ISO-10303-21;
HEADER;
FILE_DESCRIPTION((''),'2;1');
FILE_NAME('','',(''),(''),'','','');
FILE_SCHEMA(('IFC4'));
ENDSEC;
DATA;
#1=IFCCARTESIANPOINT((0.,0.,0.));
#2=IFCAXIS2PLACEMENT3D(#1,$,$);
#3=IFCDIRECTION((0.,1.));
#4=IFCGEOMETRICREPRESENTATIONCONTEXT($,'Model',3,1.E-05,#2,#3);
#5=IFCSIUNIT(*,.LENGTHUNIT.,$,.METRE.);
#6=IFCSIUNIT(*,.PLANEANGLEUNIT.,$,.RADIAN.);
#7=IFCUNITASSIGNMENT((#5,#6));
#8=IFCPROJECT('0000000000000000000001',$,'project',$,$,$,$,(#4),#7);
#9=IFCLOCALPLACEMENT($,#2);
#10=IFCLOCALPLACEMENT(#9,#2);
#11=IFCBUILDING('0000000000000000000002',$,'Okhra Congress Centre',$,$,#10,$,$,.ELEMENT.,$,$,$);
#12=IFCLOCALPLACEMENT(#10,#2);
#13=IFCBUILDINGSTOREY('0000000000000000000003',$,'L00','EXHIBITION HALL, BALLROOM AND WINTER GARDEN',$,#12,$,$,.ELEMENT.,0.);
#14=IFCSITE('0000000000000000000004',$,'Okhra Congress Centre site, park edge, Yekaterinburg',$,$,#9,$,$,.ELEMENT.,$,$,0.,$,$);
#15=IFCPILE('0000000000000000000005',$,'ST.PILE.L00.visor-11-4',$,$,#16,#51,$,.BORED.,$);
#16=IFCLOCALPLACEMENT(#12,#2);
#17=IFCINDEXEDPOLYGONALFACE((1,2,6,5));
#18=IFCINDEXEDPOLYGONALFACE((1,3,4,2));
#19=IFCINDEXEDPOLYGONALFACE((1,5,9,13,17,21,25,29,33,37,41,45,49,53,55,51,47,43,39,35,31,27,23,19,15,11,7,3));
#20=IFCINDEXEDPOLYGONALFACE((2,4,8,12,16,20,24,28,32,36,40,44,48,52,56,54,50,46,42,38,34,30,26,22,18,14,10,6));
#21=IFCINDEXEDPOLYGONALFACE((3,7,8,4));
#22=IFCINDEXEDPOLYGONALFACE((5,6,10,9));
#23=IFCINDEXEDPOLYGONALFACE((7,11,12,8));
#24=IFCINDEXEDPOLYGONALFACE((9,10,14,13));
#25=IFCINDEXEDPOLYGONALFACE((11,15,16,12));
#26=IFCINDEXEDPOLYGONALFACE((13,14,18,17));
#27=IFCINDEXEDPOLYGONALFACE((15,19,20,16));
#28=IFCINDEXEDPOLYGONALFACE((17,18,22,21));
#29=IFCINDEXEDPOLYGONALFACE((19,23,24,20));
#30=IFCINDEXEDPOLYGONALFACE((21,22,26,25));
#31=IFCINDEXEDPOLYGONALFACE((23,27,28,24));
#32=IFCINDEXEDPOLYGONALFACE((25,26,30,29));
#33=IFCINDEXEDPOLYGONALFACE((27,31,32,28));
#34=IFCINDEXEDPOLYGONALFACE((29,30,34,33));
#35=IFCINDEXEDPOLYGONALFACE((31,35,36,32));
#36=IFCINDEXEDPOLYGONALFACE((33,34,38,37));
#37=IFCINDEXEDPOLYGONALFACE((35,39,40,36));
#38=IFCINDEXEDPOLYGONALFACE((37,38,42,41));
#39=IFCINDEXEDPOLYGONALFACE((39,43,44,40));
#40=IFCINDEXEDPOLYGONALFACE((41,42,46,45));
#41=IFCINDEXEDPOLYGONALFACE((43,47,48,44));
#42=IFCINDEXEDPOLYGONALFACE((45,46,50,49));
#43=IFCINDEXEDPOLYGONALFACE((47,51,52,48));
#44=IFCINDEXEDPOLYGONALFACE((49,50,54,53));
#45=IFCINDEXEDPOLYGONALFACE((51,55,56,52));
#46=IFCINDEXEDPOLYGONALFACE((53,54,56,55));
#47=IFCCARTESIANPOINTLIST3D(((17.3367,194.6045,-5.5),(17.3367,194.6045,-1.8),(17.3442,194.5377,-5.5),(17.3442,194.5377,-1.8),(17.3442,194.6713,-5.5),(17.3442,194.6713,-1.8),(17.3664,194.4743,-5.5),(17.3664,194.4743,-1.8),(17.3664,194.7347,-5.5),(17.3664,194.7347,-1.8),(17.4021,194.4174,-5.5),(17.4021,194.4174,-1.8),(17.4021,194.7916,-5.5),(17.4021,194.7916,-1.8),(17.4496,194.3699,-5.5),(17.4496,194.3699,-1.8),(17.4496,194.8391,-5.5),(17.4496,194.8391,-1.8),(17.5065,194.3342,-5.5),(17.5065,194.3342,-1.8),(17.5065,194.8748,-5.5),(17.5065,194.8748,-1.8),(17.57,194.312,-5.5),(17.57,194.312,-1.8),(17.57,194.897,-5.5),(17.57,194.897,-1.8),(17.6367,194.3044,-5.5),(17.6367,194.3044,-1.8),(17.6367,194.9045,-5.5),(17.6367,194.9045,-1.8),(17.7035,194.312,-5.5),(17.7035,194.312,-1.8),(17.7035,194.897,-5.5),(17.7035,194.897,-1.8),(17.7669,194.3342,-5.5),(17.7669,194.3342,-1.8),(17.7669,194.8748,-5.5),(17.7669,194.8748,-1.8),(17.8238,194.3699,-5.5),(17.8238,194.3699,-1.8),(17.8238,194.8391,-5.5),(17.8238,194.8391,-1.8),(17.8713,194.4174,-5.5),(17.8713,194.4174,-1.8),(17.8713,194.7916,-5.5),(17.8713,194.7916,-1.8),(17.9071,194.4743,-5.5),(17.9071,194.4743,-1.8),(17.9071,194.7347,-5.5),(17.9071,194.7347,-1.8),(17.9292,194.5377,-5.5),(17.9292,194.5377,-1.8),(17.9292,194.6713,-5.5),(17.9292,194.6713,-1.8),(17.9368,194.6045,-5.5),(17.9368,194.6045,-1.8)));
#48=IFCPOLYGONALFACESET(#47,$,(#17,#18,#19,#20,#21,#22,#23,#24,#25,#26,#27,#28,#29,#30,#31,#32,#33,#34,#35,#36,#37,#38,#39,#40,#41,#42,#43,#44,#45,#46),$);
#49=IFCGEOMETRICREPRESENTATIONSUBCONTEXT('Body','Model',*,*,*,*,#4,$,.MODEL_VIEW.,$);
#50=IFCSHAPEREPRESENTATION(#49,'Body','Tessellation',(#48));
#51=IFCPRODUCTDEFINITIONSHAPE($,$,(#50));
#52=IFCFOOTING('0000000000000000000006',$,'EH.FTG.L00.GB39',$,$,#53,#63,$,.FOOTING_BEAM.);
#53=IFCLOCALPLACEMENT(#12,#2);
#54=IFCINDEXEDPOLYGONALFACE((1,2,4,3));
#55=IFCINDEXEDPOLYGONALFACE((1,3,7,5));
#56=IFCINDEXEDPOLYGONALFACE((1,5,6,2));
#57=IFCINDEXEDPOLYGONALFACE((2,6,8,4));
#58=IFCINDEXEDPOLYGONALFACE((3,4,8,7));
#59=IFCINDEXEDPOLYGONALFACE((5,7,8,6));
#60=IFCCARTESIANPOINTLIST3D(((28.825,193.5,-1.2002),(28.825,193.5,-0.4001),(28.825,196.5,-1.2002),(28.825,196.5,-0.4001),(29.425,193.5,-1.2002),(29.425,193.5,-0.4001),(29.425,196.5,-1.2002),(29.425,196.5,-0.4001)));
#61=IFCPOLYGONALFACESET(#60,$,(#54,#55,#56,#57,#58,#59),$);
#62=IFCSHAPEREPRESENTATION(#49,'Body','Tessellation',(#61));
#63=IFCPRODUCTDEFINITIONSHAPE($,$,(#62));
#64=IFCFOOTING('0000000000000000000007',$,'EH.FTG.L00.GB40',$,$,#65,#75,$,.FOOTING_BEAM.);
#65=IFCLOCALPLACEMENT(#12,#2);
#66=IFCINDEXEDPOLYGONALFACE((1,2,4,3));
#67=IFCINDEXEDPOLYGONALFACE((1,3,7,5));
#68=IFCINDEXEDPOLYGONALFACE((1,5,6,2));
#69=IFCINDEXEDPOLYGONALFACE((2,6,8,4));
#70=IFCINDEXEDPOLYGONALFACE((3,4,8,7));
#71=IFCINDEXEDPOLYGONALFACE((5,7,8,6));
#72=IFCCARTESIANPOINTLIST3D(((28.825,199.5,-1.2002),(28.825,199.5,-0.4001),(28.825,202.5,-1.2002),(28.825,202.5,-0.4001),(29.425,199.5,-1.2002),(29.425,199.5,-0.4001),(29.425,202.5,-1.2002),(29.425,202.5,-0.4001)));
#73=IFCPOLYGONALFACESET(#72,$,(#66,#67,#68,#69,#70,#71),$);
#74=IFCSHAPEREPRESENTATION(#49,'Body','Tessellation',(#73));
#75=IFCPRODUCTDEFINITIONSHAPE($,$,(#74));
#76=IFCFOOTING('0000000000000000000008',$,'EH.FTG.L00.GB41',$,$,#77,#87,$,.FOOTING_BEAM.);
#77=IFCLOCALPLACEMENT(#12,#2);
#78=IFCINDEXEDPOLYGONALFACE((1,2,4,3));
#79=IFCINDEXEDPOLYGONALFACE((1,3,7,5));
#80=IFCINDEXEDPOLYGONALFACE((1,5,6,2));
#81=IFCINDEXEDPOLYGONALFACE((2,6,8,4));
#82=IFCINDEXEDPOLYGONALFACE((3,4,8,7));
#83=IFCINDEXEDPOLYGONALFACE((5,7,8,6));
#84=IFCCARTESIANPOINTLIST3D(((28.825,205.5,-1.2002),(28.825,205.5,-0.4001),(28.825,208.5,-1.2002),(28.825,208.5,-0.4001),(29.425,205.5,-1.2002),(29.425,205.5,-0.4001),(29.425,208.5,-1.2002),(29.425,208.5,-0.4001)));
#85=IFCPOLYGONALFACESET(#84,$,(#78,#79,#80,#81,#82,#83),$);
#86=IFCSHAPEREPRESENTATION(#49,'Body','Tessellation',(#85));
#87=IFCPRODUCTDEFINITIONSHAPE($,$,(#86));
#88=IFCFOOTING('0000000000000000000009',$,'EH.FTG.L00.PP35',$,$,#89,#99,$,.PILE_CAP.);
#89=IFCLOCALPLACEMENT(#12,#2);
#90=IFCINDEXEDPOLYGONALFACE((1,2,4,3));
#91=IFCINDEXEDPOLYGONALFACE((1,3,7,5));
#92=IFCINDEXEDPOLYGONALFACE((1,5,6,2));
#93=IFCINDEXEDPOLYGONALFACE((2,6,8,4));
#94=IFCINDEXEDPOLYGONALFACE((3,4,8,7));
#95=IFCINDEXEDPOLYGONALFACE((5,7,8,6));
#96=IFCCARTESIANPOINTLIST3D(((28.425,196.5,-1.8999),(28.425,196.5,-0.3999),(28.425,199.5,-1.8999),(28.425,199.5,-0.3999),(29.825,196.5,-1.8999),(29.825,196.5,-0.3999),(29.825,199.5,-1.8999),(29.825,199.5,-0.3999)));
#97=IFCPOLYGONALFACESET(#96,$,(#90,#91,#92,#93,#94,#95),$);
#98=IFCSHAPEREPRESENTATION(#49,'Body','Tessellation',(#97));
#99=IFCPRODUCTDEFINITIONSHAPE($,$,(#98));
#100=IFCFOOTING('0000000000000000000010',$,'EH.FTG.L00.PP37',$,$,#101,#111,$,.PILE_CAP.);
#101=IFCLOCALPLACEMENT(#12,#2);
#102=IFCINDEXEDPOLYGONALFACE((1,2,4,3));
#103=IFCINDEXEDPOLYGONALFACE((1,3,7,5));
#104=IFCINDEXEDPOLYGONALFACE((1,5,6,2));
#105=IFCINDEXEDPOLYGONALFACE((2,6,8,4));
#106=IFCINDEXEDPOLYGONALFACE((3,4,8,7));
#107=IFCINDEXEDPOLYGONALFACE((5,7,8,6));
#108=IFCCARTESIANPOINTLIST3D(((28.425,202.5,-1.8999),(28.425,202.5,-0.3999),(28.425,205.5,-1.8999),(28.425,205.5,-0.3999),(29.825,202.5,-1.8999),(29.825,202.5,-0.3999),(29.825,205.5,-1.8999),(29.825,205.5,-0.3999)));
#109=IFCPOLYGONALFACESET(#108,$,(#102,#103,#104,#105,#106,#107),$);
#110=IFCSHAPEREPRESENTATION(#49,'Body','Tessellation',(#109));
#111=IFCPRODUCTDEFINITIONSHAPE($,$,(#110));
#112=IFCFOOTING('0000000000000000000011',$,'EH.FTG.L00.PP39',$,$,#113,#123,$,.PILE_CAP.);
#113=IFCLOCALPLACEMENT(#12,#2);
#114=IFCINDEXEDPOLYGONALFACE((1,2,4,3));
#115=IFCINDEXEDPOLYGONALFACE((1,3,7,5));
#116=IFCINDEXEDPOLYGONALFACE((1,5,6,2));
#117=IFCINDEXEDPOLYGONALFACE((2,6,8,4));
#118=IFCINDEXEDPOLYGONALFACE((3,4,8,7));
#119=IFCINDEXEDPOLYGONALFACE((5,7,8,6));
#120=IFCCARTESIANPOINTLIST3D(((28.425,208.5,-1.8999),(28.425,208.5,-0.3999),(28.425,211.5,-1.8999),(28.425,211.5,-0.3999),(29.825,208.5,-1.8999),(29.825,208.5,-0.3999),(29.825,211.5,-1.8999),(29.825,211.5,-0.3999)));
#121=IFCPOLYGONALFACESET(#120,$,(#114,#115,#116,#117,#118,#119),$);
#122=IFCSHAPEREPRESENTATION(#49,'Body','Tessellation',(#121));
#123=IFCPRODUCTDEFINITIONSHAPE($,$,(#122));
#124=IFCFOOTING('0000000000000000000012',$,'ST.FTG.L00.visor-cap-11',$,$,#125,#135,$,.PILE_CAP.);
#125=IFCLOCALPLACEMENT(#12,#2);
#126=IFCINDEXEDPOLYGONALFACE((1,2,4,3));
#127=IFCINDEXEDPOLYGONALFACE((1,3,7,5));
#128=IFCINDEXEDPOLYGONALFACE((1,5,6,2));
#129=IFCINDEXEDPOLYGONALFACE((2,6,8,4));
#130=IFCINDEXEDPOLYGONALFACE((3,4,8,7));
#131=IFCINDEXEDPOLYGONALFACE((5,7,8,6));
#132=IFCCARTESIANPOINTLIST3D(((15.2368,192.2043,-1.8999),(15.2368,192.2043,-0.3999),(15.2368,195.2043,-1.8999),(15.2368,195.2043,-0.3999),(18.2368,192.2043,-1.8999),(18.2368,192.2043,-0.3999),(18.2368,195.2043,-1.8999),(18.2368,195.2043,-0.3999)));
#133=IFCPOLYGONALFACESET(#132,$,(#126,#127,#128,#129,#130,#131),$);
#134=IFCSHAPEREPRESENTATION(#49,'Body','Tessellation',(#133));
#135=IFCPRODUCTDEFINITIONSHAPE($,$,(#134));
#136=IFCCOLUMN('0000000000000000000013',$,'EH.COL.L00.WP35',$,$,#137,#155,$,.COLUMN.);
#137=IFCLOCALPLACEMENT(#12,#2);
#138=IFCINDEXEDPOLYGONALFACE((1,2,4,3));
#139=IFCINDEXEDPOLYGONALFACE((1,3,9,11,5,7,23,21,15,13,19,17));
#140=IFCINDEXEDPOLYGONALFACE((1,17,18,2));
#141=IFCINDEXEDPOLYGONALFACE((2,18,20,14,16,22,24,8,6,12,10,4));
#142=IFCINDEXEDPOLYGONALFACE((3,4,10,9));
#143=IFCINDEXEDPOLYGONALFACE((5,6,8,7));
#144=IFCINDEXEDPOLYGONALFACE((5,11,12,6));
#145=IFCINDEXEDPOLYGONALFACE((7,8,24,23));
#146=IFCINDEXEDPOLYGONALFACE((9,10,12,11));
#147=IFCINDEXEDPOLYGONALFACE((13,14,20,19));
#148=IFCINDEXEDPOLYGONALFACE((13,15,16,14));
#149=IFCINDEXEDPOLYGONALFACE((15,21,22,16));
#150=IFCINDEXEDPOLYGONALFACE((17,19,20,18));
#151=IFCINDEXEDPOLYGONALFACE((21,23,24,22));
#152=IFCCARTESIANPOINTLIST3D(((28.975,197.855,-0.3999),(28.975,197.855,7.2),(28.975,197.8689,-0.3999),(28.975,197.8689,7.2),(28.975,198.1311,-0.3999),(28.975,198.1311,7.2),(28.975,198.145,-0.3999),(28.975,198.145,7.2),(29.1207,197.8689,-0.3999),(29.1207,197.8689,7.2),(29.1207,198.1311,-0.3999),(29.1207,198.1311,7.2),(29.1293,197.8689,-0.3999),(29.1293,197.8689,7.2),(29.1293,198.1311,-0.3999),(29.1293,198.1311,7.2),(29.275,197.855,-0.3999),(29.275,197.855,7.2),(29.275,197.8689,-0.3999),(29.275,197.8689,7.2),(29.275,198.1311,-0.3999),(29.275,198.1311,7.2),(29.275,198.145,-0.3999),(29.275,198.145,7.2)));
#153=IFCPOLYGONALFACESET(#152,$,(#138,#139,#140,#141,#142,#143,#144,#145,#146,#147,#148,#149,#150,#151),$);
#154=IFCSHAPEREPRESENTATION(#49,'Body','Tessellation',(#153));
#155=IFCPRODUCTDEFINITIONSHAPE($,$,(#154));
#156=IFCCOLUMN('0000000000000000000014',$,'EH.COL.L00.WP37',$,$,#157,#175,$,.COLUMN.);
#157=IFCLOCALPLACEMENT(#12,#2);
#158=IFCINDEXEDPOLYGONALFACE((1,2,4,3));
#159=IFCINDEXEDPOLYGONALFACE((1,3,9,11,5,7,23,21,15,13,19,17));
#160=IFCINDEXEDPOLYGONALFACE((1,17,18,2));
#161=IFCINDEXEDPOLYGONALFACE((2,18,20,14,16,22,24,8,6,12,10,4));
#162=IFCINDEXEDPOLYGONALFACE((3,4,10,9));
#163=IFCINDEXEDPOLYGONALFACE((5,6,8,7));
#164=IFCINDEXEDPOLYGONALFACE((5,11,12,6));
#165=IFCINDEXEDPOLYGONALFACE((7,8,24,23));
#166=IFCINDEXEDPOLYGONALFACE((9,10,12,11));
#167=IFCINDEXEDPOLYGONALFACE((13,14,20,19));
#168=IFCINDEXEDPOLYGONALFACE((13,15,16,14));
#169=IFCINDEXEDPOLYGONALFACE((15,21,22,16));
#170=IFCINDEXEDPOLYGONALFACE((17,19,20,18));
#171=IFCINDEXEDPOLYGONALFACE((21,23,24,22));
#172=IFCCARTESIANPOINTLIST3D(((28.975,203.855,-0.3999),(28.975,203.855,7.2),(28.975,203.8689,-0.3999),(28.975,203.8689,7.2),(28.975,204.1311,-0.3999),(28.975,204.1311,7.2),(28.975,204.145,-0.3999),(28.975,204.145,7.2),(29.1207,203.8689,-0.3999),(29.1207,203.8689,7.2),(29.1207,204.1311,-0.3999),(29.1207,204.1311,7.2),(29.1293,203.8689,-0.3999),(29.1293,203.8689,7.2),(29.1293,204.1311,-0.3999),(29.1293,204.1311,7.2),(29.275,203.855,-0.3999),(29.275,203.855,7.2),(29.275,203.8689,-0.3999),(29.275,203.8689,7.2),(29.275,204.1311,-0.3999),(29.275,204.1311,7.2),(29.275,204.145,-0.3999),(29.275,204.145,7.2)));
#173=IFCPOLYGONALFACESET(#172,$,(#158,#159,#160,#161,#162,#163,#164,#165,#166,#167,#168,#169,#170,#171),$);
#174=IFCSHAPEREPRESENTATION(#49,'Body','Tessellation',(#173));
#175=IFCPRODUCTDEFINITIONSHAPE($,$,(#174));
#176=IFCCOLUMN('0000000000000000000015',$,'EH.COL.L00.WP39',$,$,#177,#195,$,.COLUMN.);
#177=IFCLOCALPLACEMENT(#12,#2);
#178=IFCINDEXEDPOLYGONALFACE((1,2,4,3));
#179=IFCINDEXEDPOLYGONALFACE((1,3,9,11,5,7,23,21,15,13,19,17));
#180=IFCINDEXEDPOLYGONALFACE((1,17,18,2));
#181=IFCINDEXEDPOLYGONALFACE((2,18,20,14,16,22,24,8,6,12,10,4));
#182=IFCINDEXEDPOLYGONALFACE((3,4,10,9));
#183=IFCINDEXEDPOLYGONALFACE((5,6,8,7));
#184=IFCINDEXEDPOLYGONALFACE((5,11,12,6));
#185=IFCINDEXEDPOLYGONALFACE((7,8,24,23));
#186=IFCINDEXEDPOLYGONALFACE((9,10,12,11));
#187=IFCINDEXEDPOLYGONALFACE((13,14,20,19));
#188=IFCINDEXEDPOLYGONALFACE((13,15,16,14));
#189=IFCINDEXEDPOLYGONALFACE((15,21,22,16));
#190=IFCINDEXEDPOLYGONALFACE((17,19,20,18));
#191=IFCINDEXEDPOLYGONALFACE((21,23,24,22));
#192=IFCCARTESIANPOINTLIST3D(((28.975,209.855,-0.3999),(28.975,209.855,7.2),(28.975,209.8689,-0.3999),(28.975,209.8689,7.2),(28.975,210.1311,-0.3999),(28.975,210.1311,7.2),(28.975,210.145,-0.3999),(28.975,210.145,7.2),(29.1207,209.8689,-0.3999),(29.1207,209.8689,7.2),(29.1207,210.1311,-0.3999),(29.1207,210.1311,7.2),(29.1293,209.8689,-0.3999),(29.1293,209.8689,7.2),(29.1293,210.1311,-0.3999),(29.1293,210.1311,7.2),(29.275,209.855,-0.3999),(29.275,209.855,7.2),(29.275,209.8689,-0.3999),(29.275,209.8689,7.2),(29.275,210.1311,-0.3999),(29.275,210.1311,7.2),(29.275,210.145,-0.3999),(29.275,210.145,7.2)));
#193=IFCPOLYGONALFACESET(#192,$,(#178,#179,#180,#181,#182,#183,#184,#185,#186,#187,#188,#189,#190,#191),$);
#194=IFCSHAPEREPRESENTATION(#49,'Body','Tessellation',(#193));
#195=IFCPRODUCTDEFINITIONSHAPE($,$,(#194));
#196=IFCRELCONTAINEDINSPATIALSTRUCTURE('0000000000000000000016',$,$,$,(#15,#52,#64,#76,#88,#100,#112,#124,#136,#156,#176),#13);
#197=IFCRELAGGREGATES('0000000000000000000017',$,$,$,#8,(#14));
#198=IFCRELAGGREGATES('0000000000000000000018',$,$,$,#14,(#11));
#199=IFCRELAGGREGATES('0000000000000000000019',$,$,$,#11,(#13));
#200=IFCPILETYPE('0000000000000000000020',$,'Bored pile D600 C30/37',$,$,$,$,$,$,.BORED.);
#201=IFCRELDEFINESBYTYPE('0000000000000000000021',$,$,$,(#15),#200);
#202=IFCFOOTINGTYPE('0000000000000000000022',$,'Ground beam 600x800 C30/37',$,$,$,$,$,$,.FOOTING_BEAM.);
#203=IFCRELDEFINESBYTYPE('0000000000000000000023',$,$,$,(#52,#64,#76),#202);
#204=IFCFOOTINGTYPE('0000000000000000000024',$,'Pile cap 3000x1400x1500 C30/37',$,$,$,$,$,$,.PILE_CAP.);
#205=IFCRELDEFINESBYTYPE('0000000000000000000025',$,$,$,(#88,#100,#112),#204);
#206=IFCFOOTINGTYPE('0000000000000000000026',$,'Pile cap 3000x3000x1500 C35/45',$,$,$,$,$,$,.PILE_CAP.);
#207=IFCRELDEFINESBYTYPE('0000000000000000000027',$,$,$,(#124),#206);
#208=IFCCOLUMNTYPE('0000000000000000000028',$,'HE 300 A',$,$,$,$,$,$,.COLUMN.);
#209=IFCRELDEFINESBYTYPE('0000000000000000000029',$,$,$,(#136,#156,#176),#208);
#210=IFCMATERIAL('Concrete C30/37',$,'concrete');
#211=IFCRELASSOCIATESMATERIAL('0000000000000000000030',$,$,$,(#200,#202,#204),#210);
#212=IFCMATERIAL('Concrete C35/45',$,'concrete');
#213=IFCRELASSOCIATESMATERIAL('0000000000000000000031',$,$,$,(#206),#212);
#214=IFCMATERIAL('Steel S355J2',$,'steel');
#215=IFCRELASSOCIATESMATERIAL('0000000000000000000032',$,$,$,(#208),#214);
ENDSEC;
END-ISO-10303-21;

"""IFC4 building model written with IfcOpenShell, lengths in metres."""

from ifc_helpers import new_model, si_unit, direction, frame, origin, origin_2d, place, context, subcontext, project, spatial, rectangle, circle, i_section, extrude, material, material_profile, profile_set, type_object, element, save


model = new_model("IFC4")

# Units and contexts
model_context = context("Model", 3, precision=1e-05, world=origin(), true_north=direction((0.0, 1.0)))
body_context = subcontext(model_context, "Body", "Model", "MODEL_VIEW")
ifc_project = project(units=[si_unit("LENGTHUNIT", "METRE"), si_unit("PLANEANGLEUNIT", "RADIAN")], contexts=[model_context])

# Site, building, storey
site_placement = place(None, origin())
site = spatial("IfcSite", under=ifc_project, at=site_placement, Name="Okhra Congress Centre site, park edge, Yekaterinburg", CompositionType="ELEMENT", RefElevation=0.0)
building_placement = place(site_placement, origin())
building = spatial("IfcBuilding", under=site, at=building_placement, Name="Okhra Congress Centre", CompositionType="ELEMENT")
storey_placement = place(building_placement, origin())
storey = spatial("IfcBuildingStorey", under=building, at=storey_placement, Name="L00", Description="EXHIBITION HALL, BALLROOM AND WINTER GARDEN", CompositionType="ELEMENT", Elevation=0.0)

# Pile
ifc_material_1 = material(Name="Concrete C30/37", Category="concrete")
ifc_material_profile_1 = material_profile(ifc_material_1, circle(Radius=0.3, at=origin_2d()), Name="D600")
ifc_profile_set_1 = profile_set([ifc_material_profile_1], Name="Concrete C30/37")
pile_type_1 = type_object("IfcPileType", Name="Bored pile D600 C30/37", PredefinedType="BORED", material=ifc_profile_set_1)
for number, where, z_axis, x_axis, name in (
    (1, (17.6367, 194.6045, -1.8), (0.0, 0.0, -1.0), (1.0, 0.0, 0.0), "ST.PILE.L00.visor-11-4"),
):
    element("IfcPile", number, at=place(storey_placement, frame(where, z_axis=z_axis, x_axis=x_axis)), inside=storey, type_object=pile_type_1, Name=name, PredefinedType="BORED", context=body_context, shape_type="SweptSolid", body=[
        extrude(circle(Radius=0.3, at=origin_2d()), origin(), (0.0, 0.0, 1.0), 3.7),
    ])

# Footings
footing_type_1 = type_object("IfcFootingType", Name="Ground beam 600x800 C30/37", PredefinedType="FOOTING_BEAM", material=ifc_material_1)
for number, where, z_axis, x_axis, name in (
    (2, (29.125, 195.0, -1.2002), (0.0, 0.0, 1.0), (0.0, 1.0, 0.0), "EH.FTG.L00.GB39"),
    (3, (29.125, 201.0, -1.2002), (0.0, 0.0, 1.0), (0.0, 1.0, 0.0), "EH.FTG.L00.GB40"),
    (4, (29.125, 207.0, -1.2002), (0.0, 0.0, 1.0), (0.0, 1.0, 0.0), "EH.FTG.L00.GB41"),
):
    element("IfcFooting", number, at=place(storey_placement, frame(where, z_axis=z_axis, x_axis=x_axis)), inside=storey, type_object=footing_type_1, Name=name, PredefinedType="FOOTING_BEAM", context=body_context, shape_type="SweptSolid", body=[
        extrude(rectangle(XDim=3.0, YDim=0.6001, at=origin_2d()), origin(), (0.0, 0.0, 1.0), 0.8),
    ])
footing_type_2 = type_object("IfcFootingType", Name="Pile cap 3000x1400x1500 C30/37", PredefinedType="PILE_CAP", material=ifc_material_1)
for number, where, z_axis, x_axis, name in (
    (5, (29.125, 198.0, -1.8999), (0.0, 0.0, 1.0), (0.0, 1.0, 0.0), "EH.FTG.L00.PP35"),
    (6, (29.125, 204.0, -1.8999), (0.0, 0.0, 1.0), (0.0, 1.0, 0.0), "EH.FTG.L00.PP37"),
    (7, (29.125, 210.0, -1.8999), (0.0, 0.0, 1.0), (0.0, 1.0, 0.0), "EH.FTG.L00.PP39"),
):
    element("IfcFooting", number, at=place(storey_placement, frame(where, z_axis=z_axis, x_axis=x_axis)), inside=storey, type_object=footing_type_2, Name=name, PredefinedType="PILE_CAP", context=body_context, shape_type="SweptSolid", body=[
        extrude(rectangle(XDim=3.0, YDim=1.3999, at=origin_2d()), origin(), (0.0, 0.0, 1.0), 1.5),
    ])
ifc_material_2 = material(Name="Concrete C35/45", Category="concrete")
footing_type_3 = type_object("IfcFootingType", Name="Pile cap 3000x3000x1500 C35/45", PredefinedType="PILE_CAP", material=ifc_material_2)
footing_placement = place(storey_placement, frame((16.7368, 193.7043, -1.8999), z_axis=(0.0, 0.0, 1.0), x_axis=(1.0, 0.0, 0.0)))
element("IfcFooting", 8, at=footing_placement, inside=storey, type_object=footing_type_3, Name="ST.FTG.L00.visor-cap-11", PredefinedType="PILE_CAP", context=body_context, shape_type="SweptSolid", body=[
    extrude(rectangle(XDim=3.0, YDim=3.0, at=origin_2d()), origin(), (0.0, 0.0, 1.0), 1.5),
])

# Columns
ifc_material_3 = material(Name="Steel S355J2", Category="steel")
ifc_material_profile_2 = material_profile(ifc_material_3, i_section(OverallWidth=0.3, OverallDepth=0.29, WebThickness=0.0085, FlangeThickness=0.0139, at=origin_2d()), Name="HE 300 A")
ifc_profile_set_2 = profile_set([ifc_material_profile_2], Name="Steel S355J2")
column_type_1 = type_object("IfcColumnType", Name="HE 300 A", PredefinedType="COLUMN", material=ifc_profile_set_2)
for number, where, z_axis, x_axis, name in (
    (9, (29.125, 198.0, -0.3999), (0.0, 0.0, 1.0), (1.0, 0.0, 0.0), "EH.COL.L00.WP35"),
    (10, (29.125, 204.0, -0.3999), (0.0, 0.0, 1.0), (1.0, 0.0, 0.0), "EH.COL.L00.WP37"),
    (11, (29.125, 210.0, -0.3999), (0.0, 0.0, 1.0), (1.0, 0.0, 0.0), "EH.COL.L00.WP39"),
):
    element("IfcColumn", number, at=place(storey_placement, frame(where, z_axis=z_axis, x_axis=x_axis)), inside=storey, type_object=column_type_1, Name=name, PredefinedType="COLUMN", context=body_context, shape_type="SweptSolid", body=[
        extrude(i_section(OverallWidth=0.3, OverallDepth=0.29, WebThickness=0.0085, FlangeThickness=0.0139, at=origin_2d()), origin(), (0.0, 0.0, 1.0), 7.5999),
    ])

save(model, "model.ifc")
